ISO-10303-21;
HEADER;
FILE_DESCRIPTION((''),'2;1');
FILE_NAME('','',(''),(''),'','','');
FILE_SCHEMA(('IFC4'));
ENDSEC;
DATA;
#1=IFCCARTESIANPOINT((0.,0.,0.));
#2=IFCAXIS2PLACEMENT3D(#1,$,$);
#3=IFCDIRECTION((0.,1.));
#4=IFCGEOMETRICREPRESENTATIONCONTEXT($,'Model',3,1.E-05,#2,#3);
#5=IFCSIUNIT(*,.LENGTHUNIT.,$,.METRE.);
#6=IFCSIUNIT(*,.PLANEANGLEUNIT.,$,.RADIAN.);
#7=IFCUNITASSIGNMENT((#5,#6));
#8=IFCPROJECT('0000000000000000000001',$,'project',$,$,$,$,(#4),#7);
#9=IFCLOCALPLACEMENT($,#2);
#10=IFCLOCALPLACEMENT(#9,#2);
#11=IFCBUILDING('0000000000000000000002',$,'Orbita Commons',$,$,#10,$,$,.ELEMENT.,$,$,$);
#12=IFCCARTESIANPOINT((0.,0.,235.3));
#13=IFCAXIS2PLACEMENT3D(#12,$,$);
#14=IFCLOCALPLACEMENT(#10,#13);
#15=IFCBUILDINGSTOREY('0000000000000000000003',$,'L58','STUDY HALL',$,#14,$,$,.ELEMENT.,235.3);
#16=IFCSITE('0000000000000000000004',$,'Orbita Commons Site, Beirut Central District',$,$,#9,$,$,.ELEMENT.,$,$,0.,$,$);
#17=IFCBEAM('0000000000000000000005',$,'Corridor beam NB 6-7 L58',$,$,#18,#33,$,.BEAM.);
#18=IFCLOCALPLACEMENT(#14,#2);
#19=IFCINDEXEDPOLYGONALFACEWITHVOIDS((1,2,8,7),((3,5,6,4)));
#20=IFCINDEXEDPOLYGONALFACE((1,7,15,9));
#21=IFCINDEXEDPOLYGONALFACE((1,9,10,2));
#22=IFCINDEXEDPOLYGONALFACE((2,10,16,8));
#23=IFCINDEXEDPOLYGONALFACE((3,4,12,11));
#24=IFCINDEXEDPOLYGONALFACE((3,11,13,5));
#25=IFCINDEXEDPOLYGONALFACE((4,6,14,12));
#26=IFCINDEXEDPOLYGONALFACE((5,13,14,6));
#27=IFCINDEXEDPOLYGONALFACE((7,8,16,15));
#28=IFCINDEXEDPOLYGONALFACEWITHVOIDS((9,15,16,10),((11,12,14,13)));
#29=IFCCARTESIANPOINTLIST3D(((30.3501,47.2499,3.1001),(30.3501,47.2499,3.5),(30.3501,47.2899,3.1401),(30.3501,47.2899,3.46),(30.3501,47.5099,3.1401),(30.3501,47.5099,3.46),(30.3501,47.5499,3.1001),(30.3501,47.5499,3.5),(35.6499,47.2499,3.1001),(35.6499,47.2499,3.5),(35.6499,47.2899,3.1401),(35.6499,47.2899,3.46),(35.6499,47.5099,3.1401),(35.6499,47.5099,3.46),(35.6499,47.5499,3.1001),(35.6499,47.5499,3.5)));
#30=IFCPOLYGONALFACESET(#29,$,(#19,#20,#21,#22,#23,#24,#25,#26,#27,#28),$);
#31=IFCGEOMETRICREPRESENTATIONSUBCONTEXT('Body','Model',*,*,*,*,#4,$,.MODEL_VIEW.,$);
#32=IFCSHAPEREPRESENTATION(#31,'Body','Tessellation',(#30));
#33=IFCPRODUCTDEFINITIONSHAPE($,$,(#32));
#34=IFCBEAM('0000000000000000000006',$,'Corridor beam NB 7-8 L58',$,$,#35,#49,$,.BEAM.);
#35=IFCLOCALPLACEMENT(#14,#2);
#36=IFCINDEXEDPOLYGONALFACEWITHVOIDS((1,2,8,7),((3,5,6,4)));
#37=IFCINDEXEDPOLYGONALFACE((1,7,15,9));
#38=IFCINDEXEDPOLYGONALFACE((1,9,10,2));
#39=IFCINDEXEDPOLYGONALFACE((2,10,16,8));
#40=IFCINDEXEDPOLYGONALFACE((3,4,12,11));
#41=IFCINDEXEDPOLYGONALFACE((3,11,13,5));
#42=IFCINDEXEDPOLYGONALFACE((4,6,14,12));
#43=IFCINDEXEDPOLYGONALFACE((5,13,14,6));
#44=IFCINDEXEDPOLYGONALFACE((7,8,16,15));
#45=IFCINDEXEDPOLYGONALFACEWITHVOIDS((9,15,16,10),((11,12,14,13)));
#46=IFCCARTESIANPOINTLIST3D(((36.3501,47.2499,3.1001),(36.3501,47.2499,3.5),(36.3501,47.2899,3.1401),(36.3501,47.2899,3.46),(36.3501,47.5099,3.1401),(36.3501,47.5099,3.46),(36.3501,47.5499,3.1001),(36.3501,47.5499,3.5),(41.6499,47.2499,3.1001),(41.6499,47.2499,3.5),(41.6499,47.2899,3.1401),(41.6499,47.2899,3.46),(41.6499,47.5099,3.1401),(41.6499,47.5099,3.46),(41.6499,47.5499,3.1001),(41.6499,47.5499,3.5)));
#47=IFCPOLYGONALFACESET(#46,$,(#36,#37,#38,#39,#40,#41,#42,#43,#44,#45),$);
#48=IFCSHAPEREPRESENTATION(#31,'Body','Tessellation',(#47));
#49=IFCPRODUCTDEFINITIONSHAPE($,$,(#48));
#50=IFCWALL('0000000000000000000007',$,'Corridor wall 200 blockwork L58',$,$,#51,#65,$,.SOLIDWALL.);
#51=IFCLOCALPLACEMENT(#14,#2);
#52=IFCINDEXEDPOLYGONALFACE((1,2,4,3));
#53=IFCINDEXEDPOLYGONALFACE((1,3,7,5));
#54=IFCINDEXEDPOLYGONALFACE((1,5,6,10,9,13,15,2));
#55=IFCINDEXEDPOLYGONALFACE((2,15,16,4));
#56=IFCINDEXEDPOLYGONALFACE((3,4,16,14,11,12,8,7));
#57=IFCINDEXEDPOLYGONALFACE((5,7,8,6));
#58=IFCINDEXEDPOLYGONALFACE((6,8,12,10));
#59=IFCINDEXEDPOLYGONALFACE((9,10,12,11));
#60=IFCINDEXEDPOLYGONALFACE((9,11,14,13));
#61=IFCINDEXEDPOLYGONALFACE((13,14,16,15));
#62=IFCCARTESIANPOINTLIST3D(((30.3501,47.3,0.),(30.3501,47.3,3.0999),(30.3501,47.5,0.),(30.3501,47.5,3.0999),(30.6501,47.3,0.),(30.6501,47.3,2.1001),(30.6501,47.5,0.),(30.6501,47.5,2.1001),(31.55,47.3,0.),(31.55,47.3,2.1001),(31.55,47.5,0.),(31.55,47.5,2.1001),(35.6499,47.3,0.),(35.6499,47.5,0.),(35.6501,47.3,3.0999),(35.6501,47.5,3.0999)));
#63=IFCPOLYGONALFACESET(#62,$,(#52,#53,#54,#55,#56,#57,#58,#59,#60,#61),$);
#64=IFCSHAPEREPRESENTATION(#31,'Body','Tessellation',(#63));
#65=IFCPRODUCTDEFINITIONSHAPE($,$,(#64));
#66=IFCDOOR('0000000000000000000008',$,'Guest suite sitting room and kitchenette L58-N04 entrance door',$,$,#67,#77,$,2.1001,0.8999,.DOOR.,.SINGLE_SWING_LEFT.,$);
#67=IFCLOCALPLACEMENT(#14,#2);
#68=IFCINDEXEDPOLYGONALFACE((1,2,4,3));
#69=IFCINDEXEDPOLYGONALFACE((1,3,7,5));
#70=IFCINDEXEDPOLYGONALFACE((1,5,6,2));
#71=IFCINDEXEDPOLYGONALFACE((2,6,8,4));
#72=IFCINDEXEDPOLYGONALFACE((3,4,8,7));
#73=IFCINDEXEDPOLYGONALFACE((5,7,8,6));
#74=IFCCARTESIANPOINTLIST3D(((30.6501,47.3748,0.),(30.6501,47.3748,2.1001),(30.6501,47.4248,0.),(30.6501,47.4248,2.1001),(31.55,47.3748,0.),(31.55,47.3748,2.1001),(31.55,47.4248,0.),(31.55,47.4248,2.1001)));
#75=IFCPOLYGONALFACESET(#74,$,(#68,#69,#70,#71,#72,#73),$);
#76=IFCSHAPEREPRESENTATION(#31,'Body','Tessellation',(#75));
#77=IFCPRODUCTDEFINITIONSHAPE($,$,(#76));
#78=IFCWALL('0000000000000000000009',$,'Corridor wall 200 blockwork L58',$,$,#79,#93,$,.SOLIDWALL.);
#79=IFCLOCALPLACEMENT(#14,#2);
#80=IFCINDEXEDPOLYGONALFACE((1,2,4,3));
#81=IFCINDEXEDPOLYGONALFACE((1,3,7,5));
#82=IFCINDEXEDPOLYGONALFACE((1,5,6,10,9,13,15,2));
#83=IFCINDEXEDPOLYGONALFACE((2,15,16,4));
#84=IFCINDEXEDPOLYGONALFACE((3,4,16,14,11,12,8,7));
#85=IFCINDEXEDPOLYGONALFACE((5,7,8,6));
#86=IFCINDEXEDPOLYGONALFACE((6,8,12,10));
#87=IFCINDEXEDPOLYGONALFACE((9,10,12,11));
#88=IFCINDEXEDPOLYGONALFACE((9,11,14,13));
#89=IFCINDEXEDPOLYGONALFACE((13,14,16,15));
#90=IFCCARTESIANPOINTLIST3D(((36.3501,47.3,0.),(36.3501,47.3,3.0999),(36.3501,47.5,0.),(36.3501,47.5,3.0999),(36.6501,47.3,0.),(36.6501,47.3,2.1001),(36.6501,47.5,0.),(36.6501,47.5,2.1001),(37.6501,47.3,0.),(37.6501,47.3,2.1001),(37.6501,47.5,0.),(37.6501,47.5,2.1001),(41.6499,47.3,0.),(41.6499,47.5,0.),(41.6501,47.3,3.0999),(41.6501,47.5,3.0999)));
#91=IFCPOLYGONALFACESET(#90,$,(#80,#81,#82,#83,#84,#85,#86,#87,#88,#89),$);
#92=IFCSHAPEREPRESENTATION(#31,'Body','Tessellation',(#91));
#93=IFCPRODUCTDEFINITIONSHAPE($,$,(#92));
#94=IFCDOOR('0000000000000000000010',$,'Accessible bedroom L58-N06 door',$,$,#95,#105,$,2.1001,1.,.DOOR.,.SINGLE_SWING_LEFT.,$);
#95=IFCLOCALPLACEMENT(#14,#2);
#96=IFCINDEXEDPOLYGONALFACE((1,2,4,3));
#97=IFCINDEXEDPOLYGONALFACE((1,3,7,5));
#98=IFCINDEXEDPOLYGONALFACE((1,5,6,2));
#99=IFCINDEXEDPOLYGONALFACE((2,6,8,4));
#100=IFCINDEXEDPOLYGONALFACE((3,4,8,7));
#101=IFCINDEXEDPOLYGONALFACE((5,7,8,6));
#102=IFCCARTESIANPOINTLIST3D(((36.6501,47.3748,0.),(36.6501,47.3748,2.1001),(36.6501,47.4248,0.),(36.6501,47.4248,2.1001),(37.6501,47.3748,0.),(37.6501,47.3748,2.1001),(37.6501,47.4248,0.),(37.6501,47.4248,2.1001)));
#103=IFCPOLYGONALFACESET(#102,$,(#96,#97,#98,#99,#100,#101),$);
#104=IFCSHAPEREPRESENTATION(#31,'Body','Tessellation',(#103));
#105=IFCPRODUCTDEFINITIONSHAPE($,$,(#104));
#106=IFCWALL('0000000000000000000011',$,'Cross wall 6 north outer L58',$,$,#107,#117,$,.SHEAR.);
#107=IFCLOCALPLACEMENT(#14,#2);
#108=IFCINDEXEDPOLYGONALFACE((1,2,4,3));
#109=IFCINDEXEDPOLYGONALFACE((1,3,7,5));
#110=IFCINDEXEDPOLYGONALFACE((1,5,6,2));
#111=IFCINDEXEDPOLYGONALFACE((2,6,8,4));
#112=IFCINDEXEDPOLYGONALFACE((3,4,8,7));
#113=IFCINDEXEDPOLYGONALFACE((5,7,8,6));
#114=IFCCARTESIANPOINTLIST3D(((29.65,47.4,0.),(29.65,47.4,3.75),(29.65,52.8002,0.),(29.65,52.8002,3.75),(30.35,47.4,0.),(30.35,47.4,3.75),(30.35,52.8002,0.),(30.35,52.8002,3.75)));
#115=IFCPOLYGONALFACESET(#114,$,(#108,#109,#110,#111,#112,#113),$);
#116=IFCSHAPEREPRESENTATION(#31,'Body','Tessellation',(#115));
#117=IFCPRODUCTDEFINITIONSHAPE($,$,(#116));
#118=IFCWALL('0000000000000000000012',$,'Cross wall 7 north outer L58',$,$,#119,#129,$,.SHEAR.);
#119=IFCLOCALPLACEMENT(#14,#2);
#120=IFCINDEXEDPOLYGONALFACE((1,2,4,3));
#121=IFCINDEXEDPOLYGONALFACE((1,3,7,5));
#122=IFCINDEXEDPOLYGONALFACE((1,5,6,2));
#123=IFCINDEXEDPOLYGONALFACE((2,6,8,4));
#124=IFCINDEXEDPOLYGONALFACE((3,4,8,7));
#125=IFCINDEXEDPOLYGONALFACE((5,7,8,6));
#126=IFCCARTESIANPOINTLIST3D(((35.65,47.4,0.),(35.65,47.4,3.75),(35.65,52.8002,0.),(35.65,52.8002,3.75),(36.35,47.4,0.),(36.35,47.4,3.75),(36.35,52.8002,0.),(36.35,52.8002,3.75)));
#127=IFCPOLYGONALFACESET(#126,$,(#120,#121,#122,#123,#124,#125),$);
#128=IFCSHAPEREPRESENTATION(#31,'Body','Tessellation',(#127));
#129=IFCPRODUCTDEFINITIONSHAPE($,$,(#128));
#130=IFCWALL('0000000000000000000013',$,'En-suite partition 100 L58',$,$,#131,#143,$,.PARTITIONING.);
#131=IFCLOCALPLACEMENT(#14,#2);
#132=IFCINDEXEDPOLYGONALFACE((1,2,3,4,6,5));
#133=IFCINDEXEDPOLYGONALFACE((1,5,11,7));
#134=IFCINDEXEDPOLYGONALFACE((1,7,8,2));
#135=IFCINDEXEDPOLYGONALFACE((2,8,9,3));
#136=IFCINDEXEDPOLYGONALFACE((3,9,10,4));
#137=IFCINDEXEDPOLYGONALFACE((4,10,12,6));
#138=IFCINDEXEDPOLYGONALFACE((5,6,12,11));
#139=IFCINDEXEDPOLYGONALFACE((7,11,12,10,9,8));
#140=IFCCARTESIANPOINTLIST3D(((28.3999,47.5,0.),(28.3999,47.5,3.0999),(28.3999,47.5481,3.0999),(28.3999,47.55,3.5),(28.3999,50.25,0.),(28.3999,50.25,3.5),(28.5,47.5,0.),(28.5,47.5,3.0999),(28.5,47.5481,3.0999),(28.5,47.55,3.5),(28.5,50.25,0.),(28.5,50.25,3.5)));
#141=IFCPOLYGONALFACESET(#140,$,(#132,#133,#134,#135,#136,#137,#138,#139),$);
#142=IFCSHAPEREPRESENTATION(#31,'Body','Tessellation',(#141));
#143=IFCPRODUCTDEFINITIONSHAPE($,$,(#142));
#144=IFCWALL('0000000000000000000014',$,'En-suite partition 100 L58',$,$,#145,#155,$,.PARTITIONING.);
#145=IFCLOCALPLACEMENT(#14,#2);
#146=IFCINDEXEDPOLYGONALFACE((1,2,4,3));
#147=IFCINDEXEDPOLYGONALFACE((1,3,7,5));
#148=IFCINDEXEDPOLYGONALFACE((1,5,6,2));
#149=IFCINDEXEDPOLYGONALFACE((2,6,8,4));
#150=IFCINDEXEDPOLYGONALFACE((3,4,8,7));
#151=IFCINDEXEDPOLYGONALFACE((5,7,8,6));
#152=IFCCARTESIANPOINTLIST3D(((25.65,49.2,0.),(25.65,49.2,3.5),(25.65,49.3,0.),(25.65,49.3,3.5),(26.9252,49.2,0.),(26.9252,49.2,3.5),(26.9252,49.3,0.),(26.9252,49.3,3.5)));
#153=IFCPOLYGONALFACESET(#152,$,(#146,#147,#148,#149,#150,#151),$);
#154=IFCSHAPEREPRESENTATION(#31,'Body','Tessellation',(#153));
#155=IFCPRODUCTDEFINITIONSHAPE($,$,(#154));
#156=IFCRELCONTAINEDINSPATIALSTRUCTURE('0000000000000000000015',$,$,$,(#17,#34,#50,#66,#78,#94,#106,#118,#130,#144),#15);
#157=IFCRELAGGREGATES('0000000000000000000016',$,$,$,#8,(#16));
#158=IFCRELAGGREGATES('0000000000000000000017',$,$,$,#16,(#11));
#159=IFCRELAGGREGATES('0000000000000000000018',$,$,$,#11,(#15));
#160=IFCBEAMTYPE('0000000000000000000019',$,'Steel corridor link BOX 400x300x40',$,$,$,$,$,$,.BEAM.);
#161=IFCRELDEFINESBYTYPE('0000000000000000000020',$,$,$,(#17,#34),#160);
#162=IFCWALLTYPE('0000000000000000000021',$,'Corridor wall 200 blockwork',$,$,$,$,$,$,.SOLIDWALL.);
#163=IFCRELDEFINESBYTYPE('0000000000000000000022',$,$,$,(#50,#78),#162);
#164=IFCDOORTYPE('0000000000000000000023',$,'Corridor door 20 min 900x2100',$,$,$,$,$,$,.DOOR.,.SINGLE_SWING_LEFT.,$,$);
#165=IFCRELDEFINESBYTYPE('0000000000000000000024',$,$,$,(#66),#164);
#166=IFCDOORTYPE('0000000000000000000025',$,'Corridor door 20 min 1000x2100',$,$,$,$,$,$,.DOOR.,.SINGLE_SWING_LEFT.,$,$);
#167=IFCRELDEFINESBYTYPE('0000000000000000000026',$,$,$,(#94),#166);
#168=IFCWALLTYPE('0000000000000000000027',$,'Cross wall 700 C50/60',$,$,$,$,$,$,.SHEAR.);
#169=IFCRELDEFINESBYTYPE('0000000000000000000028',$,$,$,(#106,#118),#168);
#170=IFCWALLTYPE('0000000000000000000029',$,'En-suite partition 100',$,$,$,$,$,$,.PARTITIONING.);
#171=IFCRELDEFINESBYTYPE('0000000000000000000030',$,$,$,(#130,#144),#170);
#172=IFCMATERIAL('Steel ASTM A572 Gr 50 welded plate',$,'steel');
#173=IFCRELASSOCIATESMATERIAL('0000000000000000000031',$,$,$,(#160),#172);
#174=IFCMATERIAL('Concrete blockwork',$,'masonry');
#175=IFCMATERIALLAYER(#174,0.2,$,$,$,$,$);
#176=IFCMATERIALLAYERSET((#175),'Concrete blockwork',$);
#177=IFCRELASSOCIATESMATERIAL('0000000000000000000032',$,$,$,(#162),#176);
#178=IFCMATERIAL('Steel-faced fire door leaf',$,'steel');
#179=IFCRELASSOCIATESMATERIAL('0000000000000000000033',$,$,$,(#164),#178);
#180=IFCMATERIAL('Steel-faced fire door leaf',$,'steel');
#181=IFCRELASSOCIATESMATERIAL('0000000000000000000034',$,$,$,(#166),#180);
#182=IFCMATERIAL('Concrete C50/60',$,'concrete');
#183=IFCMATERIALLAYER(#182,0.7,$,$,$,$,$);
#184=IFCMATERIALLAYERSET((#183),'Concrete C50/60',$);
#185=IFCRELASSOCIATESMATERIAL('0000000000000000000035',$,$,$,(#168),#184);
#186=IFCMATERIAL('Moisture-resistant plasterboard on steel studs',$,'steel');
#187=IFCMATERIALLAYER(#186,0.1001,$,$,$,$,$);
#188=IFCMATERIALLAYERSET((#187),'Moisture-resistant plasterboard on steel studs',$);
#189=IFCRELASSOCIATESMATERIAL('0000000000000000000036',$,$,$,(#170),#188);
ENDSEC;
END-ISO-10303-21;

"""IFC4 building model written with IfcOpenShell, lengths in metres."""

from ifc_helpers import new_model, si_unit, direction, frame, frame_2d, origin, origin_2d, place, context, subcontext, project, spatial, polyline, rectangle, hollow_rectangle, outline, extrude, material, layer, layer_set, material_profile, profile_set, type_object, element, fill, save


model = new_model("IFC4")

# Units and contexts
model_context = context("Model", 3, precision=1e-05, world=origin(), true_north=direction((0.0, 1.0)))
body_context = subcontext(model_context, "Body", "Model", "MODEL_VIEW")
ifc_project = project(units=[si_unit("LENGTHUNIT", "METRE"), si_unit("PLANEANGLEUNIT", "RADIAN")], contexts=[model_context])

# Site, building, storey
site_placement = place(None, origin())
site = spatial("IfcSite", under=ifc_project, at=site_placement, Name="Orbita Commons Site, Beirut Central District", CompositionType="ELEMENT", RefElevation=0.0)
building_placement = place(site_placement, origin())
building = spatial("IfcBuilding", under=site, at=building_placement, Name="Orbita Commons", CompositionType="ELEMENT")
storey_placement = place(building_placement, frame((0.0, 0.0, 235.3)))
storey = spatial("IfcBuildingStorey", under=building, at=storey_placement, Name="L58", Description="STUDY HALL", CompositionType="ELEMENT", Elevation=235.3)

# Beams
ifc_material_1 = material(Name="Steel ASTM A572 Gr 50 welded plate", Category="steel")
ifc_material_profile = material_profile(ifc_material_1, hollow_rectangle(XDim=0.3, YDim=0.3999, WallThickness=0.04, at=origin_2d()), Name="BOX 400x300x40")
ifc_profile_set = profile_set([ifc_material_profile], Name="Steel ASTM A572 Gr 50 welded plate")
beam_type = type_object("IfcBeamType", Name="Steel corridor link BOX 400x300x40", PredefinedType="BEAM", material=ifc_profile_set)
for number, where, z_axis, x_axis, name in (
    (1, (30.3501, 47.3999, 3.3), (1.0, 0.0, 0.0), (0.0, 1.0, 0.0), "Corridor beam NB 6-7 L58"),
    (2, (36.3501, 47.3999, 3.3), (1.0, 0.0, 0.0), (0.0, 1.0, 0.0), "Corridor beam NB 7-8 L58"),
):
    element("IfcBeam", number, at=place(storey_placement, frame(where, z_axis=z_axis, x_axis=x_axis)), inside=storey, type_object=beam_type, Name=name, PredefinedType="BEAM", context=body_context, shape_type="SweptSolid", body=[
        extrude(hollow_rectangle(XDim=0.3, YDim=0.3999, WallThickness=0.04, at=origin_2d()), origin(), (0.0, 0.0, 1.0), 5.2998),
    ])

# Walls, openings, doors
ifc_material_2 = material(Name="Concrete blockwork", Category="masonry")
ifc_layer_1 = layer(ifc_material_2, 0.2)
ifc_layer_set_1 = layer_set([ifc_layer_1], Name="Concrete blockwork")
wall_type_1 = type_object("IfcWallType", Name="Corridor wall 200 blockwork", PredefinedType="SOLIDWALL", material=ifc_layer_set_1)
wall_1_placement = place(storey_placement, frame((30.3501, 47.3999, 0.0), z_axis=(0.0, 0.0, 1.0), x_axis=(1.0, 0.0, 0.0)))
wall_1 = element("IfcWall", 3, at=wall_1_placement, inside=storey, type_object=wall_type_1, Name="Corridor wall 200 blockwork L58", PredefinedType="SOLIDWALL", context=body_context, shape_type="SweptSolid", body=[
    extrude(outline(polyline([(0.0, 0.0), (5.2998, 0.0), (5.3, 3.0999), (0.0, 3.0999), (0.0, 0.0)])), frame((0.0, 0.1001, 0.0), z_axis=(0.0, -1.0, 0.0), x_axis=(1.0, 0.0, 0.0)), (0.0, 0.0, 1.0), 0.2),
])
opening_1_placement = place(wall_1_placement, frame((0.3, 0.0, 0.0)))
opening_1 = element("IfcOpeningElement", 4, at=opening_1_placement, cuts=wall_1, PredefinedType="OPENING", context=body_context, shape_type="SweptSolid", body=[
    extrude(rectangle(XDim=0.8999, YDim=2.1001, at=frame_2d((0.45, 1.05))), frame((0.0, 0.1099, 0.0), z_axis=(0.0, -1.0, 0.0), x_axis=(1.0, 0.0, 0.0)), (0.0, 0.0, 1.0), 0.22),
])
ifc_material_3 = material(Name="Steel-faced fire door leaf", Category="steel")
door_type_1 = type_object("IfcDoorType", Name="Corridor door 20 min 900x2100", OperationType="SINGLE_SWING_LEFT", PredefinedType="DOOR", material=ifc_material_3)
door_1_placement = place(opening_1_placement, origin())
door_1 = element("IfcDoor", 5, at=door_1_placement, inside=storey, type_object=door_type_1, Name="Guest suite sitting room and kitchenette L58-N04 entrance door", OperationType="SINGLE_SWING_LEFT", OverallHeight=2.1001, OverallWidth=0.8999, PredefinedType="DOOR", context=body_context, shape_type="SweptSolid", body=[
    extrude(rectangle(XDim=0.8999, YDim=2.1001, at=frame_2d((0.45, 1.05))), frame((0.0, 0.0249, 0.0), z_axis=(0.0, -1.0, 0.0), x_axis=(1.0, 0.0, 0.0)), (0.0, 0.0, 1.0), 0.05),
])
fill(opening_1, door_1)
wall_2_placement = place(storey_placement, frame((36.3501, 47.3999, 0.0), z_axis=(0.0, 0.0, 1.0), x_axis=(1.0, 0.0, 0.0)))
wall_2 = element("IfcWall", 6, at=wall_2_placement, inside=storey, type_object=wall_type_1, Name="Corridor wall 200 blockwork L58", PredefinedType="SOLIDWALL", context=body_context, shape_type="SweptSolid", body=[
    extrude(outline(polyline([(0.0, 0.0), (5.2998, 0.0), (5.3, 3.0999), (0.0, 3.0999), (0.0, 0.0)])), frame((0.0, 0.1001, 0.0), z_axis=(0.0, -1.0, 0.0), x_axis=(1.0, 0.0, 0.0)), (0.0, 0.0, 1.0), 0.2),
])
opening_2_placement = place(wall_2_placement, frame((0.3, 0.0, 0.0)))
opening_2 = element("IfcOpeningElement", 7, at=opening_2_placement, cuts=wall_2, PredefinedType="OPENING", context=body_context, shape_type="SweptSolid", body=[
    extrude(rectangle(XDim=1.0, YDim=2.1001, at=frame_2d((0.5, 1.05))), frame((0.0, 0.1099, 0.0), z_axis=(0.0, -1.0, 0.0), x_axis=(1.0, 0.0, 0.0)), (0.0, 0.0, 1.0), 0.22),
])
ifc_material_4 = material(Name="Steel-faced fire door leaf", Category="steel")
door_type_2 = type_object("IfcDoorType", Name="Corridor door 20 min 1000x2100", OperationType="SINGLE_SWING_LEFT", PredefinedType="DOOR", material=ifc_material_4)
door_2_placement = place(opening_2_placement, origin())
door_2 = element("IfcDoor", 8, at=door_2_placement, inside=storey, type_object=door_type_2, Name="Accessible bedroom L58-N06 door", OperationType="SINGLE_SWING_LEFT", OverallHeight=2.1001, OverallWidth=1.0, PredefinedType="DOOR", context=body_context, shape_type="SweptSolid", body=[
    extrude(rectangle(XDim=1.0, YDim=2.1001, at=frame_2d((0.5, 1.05))), frame((0.0, 0.0249, 0.0), z_axis=(0.0, -1.0, 0.0), x_axis=(1.0, 0.0, 0.0)), (0.0, 0.0, 1.0), 0.05),
])
fill(opening_2, door_2)

# Walls
ifc_material_5 = material(Name="Concrete C50/60", Category="concrete")
ifc_layer_2 = layer(ifc_material_5, 0.7)
ifc_layer_set_2 = layer_set([ifc_layer_2], Name="Concrete C50/60")
wall_type_2 = type_object("IfcWallType", Name="Cross wall 700 C50/60", PredefinedType="SHEAR", material=ifc_layer_set_2)
for number, where, z_axis, x_axis, name in (
    (9, (30.0, 47.3999, 0.0), (0.0, 0.0, 1.0), (0.0, 1.0, 0.0), "Cross wall 6 north outer L58"),
    (10, (36.0, 47.3999, 0.0), (0.0, 0.0, 1.0), (0.0, 1.0, 0.0), "Cross wall 7 north outer L58"),
):
    element("IfcWall", number, at=place(storey_placement, frame(where, z_axis=z_axis, x_axis=x_axis)), inside=storey, type_object=wall_type_2, Name=name, PredefinedType="SHEAR", context=body_context, shape_type="SweptSolid", body=[
        extrude(rectangle(XDim=5.4001, YDim=0.7, at=frame_2d((2.7002, 0.0))), origin(), (0.0, 0.0, 1.0), 3.75),
    ])
ifc_material_6 = material(Name="Moisture-resistant plasterboard on steel studs", Category="steel")
ifc_layer_3 = layer(ifc_material_6, 0.1001)
ifc_layer_set_3 = layer_set([ifc_layer_3], Name="Moisture-resistant plasterboard on steel studs")
wall_type_3 = type_object("IfcWallType", Name="En-suite partition 100", PredefinedType="PARTITIONING", material=ifc_layer_set_3)
wall_3_placement = place(storey_placement, frame((28.45, 50.25, 0.0), z_axis=(0.0, 0.0, 1.0), x_axis=(0.0, -1.0, 0.0)))
element("IfcWall", 11, at=wall_3_placement, inside=storey, type_object=wall_type_3, Name="En-suite partition 100 L58", PredefinedType="PARTITIONING", context=body_context, shape_type="SweptSolid", body=[
    extrude(outline(polyline([(0.0, 0.0), (2.75, 0.0), (2.75, 3.0999), (2.7019, 3.0999), (2.7, 3.5), (0.0, 3.5), (0.0, 0.0)])), frame((0.0, 0.05, 0.0), z_axis=(0.0, -1.0, 0.0), x_axis=(1.0, 0.0, 0.0)), (0.0, 0.0, 1.0), 0.1001),
])
wall_4_placement = place(storey_placement, frame((25.6499, 49.25, 0.0), z_axis=(0.0, 0.0, 1.0), x_axis=(1.0, 0.0, 0.0)))
element("IfcWall", 12, at=wall_4_placement, inside=storey, type_object=wall_type_3, Name="En-suite partition 100 L58", PredefinedType="PARTITIONING", context=body_context, shape_type="SweptSolid", body=[
    extrude(rectangle(XDim=1.2751, YDim=0.1001, at=frame_2d((0.6377, 0.0))), origin(), (0.0, 0.0, 1.0), 3.5),
])

save(model, "model.ifc")
